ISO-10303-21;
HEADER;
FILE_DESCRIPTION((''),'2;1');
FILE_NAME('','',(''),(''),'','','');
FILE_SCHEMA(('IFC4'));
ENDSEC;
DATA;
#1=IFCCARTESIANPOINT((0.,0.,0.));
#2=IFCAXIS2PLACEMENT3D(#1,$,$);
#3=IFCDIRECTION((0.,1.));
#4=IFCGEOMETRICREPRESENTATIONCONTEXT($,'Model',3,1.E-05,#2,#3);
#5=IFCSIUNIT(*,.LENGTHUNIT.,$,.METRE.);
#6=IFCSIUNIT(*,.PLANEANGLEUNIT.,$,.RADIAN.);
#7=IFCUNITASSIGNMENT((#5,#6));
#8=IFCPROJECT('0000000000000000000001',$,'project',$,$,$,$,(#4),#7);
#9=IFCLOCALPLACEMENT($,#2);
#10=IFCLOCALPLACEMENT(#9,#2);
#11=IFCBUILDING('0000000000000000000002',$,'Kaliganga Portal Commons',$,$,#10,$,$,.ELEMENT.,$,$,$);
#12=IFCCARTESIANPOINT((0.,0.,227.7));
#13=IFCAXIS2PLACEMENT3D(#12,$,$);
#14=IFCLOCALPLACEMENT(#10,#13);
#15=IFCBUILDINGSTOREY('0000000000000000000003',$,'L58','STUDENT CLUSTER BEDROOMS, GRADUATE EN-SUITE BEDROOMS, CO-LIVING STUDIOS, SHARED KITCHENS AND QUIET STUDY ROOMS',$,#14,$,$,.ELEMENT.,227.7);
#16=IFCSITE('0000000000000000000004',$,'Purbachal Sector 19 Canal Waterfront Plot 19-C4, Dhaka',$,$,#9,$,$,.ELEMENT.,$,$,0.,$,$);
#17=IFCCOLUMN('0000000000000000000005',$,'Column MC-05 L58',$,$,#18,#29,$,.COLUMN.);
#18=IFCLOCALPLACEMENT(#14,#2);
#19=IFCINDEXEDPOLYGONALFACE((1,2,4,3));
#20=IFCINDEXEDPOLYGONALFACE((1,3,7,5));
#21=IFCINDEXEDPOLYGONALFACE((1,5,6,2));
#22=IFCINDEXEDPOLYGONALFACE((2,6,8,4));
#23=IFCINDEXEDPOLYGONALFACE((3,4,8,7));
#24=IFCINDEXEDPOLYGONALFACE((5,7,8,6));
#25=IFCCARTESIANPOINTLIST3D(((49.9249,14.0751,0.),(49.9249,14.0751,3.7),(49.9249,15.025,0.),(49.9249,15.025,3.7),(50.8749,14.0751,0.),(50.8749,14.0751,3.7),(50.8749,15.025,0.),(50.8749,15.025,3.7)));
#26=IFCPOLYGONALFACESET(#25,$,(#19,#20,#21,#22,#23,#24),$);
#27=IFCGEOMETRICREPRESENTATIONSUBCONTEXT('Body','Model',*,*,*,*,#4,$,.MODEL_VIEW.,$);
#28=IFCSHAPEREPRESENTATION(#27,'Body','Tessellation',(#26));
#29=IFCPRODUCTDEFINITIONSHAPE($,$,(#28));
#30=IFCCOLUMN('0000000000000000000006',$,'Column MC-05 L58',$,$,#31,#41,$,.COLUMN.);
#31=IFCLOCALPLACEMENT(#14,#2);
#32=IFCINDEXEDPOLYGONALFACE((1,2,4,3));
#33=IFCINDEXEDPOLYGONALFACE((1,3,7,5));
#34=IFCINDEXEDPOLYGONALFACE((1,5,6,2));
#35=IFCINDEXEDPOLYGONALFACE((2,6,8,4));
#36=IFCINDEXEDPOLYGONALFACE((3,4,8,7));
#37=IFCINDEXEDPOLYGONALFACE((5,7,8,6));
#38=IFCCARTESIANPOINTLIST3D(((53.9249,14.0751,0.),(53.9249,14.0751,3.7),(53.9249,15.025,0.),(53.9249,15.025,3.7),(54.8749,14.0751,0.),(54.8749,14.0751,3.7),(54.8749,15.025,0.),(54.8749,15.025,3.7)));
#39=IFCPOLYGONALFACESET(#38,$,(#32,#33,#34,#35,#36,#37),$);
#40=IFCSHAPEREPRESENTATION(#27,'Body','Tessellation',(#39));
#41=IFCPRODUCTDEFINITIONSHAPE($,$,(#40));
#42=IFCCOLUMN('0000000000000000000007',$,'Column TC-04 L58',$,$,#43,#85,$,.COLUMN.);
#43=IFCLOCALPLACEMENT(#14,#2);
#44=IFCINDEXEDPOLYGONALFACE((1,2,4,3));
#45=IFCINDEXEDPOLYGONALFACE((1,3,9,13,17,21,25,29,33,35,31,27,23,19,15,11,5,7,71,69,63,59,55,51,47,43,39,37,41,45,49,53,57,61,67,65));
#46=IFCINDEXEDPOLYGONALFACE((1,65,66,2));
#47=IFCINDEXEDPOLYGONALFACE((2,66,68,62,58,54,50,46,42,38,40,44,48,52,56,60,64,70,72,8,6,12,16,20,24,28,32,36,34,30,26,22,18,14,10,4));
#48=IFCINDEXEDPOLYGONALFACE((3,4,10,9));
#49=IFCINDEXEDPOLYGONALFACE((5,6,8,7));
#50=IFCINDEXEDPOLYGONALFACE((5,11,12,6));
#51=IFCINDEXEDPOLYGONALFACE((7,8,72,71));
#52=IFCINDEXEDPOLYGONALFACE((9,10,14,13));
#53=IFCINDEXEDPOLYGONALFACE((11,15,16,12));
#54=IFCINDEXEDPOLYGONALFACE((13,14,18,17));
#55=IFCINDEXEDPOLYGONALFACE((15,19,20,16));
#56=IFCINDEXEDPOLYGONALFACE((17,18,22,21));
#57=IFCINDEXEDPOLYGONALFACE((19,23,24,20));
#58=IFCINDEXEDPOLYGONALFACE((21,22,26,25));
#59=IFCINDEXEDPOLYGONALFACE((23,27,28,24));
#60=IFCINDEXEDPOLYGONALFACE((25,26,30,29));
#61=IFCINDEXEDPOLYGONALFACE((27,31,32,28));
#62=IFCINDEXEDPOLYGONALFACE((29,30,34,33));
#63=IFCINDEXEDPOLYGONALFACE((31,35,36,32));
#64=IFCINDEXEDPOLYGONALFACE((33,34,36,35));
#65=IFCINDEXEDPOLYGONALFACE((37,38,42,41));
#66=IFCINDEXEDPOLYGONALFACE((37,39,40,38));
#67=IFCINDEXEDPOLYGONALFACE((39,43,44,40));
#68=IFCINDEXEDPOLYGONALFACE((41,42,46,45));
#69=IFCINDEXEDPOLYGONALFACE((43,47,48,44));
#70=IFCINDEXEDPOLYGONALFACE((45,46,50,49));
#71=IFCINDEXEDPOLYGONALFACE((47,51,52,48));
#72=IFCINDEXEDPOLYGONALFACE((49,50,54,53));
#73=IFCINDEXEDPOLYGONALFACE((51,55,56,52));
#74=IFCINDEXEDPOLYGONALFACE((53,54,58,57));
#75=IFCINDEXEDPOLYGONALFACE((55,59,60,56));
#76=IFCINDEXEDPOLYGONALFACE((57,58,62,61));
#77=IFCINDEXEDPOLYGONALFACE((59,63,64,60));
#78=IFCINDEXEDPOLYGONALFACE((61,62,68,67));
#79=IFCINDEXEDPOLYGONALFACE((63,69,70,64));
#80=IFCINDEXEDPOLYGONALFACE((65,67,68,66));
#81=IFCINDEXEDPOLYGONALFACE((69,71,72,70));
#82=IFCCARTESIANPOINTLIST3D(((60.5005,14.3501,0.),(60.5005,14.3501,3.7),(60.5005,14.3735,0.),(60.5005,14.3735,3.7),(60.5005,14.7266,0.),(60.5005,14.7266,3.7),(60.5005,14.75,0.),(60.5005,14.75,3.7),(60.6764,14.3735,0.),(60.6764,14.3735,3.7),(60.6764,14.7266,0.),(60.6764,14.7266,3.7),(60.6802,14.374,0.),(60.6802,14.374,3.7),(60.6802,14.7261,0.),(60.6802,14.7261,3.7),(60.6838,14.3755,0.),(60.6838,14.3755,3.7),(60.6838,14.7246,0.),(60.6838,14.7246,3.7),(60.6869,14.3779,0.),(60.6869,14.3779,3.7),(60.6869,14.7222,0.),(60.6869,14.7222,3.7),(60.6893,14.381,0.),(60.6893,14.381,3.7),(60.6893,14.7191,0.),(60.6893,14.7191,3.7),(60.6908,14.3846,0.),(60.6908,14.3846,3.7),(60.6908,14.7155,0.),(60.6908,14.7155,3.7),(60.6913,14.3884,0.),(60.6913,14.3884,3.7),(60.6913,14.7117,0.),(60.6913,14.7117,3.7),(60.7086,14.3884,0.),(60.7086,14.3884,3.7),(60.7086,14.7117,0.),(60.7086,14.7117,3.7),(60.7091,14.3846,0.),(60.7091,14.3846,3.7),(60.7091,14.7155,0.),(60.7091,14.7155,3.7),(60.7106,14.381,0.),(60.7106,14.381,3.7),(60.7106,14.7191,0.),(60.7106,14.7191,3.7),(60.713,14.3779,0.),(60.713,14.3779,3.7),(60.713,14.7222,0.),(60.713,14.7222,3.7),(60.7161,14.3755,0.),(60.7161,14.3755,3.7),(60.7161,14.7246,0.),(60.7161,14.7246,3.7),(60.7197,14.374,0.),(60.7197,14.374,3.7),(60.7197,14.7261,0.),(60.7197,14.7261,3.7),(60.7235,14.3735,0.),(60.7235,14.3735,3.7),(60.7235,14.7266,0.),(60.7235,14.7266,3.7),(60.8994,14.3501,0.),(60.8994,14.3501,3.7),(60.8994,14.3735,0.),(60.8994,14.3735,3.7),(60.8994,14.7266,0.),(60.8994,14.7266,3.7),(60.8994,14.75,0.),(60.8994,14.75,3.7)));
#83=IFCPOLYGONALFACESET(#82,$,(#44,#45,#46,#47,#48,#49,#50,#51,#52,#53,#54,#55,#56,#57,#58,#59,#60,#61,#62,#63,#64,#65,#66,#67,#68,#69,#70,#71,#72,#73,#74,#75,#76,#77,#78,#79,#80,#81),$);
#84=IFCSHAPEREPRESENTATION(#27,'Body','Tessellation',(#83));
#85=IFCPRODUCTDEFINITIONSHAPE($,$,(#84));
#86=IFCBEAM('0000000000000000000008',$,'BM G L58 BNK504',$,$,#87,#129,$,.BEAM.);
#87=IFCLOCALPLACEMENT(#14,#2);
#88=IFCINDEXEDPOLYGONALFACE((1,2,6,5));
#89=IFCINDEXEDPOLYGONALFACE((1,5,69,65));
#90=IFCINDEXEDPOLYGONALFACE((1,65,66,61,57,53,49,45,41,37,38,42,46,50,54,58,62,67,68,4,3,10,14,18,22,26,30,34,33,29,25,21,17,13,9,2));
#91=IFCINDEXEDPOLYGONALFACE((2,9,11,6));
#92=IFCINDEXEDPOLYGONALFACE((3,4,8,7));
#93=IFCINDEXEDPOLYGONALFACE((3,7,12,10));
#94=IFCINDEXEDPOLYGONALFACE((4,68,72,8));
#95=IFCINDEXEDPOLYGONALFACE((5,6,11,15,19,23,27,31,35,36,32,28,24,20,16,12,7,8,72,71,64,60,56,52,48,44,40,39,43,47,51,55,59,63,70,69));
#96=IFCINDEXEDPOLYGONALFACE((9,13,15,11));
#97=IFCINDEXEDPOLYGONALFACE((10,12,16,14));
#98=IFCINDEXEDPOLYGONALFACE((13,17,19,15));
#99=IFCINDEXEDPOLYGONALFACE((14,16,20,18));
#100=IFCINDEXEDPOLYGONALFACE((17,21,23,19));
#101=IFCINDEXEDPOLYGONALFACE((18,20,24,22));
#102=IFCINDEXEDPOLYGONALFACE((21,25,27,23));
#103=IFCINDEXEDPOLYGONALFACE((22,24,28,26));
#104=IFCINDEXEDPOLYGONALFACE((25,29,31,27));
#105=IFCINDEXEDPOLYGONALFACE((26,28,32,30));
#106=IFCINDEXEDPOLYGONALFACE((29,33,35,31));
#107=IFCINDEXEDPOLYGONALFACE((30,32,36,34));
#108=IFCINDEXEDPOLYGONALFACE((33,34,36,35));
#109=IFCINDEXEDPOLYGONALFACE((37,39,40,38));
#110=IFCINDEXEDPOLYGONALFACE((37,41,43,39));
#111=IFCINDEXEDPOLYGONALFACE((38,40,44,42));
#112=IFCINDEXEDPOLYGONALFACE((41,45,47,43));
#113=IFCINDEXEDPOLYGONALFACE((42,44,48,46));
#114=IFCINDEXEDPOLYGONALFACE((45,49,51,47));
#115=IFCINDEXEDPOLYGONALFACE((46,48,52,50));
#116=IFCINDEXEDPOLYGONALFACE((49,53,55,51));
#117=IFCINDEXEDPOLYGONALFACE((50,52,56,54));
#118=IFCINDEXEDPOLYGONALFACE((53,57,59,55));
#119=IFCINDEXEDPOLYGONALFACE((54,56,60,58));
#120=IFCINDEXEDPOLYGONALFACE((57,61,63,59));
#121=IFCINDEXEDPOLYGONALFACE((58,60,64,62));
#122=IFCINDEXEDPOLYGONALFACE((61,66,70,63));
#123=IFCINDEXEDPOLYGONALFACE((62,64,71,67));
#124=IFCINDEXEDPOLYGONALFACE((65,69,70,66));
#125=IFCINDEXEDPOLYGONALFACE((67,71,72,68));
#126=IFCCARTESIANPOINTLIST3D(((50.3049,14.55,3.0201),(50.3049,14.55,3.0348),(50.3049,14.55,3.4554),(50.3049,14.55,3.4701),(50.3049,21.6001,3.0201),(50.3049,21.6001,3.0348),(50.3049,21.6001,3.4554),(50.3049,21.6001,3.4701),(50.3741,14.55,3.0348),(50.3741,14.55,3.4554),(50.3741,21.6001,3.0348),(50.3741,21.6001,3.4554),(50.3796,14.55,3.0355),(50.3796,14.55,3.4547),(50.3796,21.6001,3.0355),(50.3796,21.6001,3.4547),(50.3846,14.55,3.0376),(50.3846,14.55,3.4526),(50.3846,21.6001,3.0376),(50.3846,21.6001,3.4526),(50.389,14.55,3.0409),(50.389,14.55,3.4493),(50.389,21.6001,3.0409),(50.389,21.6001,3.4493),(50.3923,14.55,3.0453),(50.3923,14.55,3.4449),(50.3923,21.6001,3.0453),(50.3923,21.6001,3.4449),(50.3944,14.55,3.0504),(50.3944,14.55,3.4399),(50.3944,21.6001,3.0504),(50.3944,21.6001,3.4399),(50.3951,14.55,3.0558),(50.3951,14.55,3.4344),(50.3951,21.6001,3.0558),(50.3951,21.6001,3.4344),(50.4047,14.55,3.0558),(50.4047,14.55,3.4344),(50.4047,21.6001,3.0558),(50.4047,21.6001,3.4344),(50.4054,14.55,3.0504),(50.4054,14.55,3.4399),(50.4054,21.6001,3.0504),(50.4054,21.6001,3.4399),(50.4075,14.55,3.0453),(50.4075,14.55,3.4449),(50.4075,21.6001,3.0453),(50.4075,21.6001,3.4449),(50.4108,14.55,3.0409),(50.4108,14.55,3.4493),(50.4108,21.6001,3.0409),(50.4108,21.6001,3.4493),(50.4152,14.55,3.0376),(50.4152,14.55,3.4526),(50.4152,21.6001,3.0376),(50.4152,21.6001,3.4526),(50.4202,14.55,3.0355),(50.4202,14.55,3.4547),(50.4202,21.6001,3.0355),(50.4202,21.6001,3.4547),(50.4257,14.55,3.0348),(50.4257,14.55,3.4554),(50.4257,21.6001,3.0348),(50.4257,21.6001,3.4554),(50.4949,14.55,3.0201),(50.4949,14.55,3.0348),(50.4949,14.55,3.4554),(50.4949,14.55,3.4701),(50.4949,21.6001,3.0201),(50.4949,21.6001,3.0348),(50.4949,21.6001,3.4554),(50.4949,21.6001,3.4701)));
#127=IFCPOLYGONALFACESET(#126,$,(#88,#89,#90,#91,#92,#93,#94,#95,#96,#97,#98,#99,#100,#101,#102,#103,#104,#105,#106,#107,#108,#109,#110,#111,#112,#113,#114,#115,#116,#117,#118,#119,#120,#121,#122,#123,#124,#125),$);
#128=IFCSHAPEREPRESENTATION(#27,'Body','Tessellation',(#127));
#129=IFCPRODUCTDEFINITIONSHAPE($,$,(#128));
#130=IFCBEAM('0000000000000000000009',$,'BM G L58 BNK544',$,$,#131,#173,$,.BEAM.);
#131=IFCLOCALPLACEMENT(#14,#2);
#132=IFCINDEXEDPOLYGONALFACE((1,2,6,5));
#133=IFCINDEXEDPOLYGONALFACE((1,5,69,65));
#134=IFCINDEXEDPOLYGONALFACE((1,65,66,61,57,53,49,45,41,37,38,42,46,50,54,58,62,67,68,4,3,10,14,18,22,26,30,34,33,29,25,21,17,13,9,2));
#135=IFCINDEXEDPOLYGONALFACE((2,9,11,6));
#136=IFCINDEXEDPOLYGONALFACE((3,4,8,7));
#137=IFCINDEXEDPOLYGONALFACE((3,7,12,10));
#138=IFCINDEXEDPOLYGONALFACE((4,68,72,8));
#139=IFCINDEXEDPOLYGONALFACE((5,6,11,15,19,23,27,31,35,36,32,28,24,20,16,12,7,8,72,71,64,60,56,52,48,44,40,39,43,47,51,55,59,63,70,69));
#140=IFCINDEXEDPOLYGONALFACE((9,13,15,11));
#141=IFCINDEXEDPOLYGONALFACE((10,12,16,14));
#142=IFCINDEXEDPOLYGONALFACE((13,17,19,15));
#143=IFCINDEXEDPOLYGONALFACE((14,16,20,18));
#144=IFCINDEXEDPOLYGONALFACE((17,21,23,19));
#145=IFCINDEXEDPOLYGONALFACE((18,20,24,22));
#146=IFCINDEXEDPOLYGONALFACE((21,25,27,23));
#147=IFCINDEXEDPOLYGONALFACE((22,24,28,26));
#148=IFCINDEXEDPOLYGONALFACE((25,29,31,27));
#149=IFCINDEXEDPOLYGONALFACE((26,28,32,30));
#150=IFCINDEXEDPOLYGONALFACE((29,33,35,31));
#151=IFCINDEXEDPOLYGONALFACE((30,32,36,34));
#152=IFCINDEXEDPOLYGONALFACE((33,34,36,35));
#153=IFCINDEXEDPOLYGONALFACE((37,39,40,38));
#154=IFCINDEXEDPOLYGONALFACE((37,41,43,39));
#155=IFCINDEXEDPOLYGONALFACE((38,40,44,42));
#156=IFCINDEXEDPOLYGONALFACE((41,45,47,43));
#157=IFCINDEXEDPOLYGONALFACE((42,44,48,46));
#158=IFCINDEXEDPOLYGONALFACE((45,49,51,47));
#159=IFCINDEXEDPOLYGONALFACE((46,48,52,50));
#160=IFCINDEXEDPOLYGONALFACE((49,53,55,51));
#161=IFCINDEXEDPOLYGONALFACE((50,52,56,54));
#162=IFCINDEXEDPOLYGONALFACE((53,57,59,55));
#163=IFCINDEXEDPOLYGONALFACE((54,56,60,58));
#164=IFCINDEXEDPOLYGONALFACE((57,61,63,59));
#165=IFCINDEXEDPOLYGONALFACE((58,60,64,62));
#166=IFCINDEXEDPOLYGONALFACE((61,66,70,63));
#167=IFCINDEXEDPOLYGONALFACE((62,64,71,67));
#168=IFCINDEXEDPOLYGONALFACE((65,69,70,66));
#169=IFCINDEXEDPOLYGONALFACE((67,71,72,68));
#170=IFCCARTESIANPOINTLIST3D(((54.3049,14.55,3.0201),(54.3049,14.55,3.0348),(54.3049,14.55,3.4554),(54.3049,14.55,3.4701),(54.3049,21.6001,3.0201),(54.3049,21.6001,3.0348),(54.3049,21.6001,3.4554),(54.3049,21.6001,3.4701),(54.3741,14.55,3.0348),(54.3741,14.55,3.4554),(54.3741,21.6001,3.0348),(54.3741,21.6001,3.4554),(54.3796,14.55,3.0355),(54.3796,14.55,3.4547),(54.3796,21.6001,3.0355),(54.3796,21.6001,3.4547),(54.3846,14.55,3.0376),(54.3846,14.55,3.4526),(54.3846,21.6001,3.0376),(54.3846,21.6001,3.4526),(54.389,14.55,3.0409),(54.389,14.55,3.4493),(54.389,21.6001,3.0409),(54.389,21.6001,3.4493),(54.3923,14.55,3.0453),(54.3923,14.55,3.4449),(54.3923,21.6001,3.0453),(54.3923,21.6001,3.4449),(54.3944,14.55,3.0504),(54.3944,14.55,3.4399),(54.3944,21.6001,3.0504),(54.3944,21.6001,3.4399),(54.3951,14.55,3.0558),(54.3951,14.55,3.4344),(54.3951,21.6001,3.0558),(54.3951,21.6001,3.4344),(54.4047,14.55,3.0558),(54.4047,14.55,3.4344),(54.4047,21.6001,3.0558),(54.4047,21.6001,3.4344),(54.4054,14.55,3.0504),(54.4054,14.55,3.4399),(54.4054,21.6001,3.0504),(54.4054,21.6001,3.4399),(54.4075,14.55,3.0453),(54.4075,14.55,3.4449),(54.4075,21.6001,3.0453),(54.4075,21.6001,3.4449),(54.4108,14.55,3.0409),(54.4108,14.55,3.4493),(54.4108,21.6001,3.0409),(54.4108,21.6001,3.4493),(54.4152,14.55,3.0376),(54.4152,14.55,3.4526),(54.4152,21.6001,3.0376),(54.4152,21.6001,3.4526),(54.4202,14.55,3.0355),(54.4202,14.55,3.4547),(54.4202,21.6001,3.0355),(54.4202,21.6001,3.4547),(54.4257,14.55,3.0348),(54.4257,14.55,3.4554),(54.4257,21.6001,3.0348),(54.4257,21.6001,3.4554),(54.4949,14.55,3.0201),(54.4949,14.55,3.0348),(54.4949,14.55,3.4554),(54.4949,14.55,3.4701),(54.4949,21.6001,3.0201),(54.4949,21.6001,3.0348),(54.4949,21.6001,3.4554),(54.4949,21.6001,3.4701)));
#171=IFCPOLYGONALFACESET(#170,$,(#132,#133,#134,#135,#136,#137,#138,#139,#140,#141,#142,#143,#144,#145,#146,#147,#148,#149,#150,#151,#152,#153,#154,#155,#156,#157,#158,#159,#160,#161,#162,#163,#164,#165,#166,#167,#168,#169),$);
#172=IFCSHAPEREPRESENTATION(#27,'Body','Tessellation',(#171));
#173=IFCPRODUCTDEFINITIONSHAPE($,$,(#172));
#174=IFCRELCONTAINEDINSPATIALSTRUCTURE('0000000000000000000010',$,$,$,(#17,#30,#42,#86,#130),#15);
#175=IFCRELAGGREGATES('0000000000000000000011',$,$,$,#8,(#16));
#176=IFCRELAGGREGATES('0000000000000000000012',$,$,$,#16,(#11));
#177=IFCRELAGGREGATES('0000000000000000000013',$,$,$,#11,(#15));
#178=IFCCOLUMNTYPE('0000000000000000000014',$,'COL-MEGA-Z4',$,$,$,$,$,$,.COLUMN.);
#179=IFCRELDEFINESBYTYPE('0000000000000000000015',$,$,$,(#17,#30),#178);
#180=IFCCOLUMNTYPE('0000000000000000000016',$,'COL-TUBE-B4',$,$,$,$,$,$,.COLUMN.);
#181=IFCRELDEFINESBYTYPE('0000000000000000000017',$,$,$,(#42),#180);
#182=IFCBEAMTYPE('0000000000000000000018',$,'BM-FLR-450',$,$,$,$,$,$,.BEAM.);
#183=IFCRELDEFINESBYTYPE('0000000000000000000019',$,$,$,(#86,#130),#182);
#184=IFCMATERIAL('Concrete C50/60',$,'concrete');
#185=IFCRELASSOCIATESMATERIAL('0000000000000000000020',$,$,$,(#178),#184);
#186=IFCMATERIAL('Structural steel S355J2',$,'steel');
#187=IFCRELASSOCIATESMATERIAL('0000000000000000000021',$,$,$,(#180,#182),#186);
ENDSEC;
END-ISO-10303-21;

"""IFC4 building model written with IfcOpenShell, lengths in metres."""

from ifc_helpers import new_model, si_unit, direction, frame, origin, origin_2d, place, context, subcontext, project, spatial, rectangle, i_section, extrude, source, transform, mapped, material, material_profile, profile_set, type_object, element, save


model = new_model("IFC4")

# Units and contexts
model_context = context("Model", 3, precision=1e-05, world=origin(), true_north=direction((0.0, 1.0)))
body_context = subcontext(model_context, "Body", "Model", "MODEL_VIEW")
ifc_project = project(units=[si_unit("LENGTHUNIT", "METRE"), si_unit("PLANEANGLEUNIT", "RADIAN")], contexts=[model_context])

# Site, building, storey
site_placement = place(None, origin())
site = spatial("IfcSite", under=ifc_project, at=site_placement, Name="Purbachal Sector 19 Canal Waterfront Plot 19-C4, Dhaka", CompositionType="ELEMENT", RefElevation=0.0)
building_placement = place(site_placement, origin())
building = spatial("IfcBuilding", under=site, at=building_placement, Name="Kaliganga Portal Commons", CompositionType="ELEMENT")
storey_placement = place(building_placement, frame((0.0, 0.0, 227.7)))
storey = spatial("IfcBuildingStorey", under=building, at=storey_placement, Name="L58", Description="STUDENT CLUSTER BEDROOMS, GRADUATE EN-SUITE BEDROOMS, CO-LIVING STUDIOS, SHARED KITCHENS AND QUIET STUDY ROOMS", CompositionType="ELEMENT", Elevation=227.7)

# Columns
ifc_material_1 = material(Name="Concrete C50/60", Category="concrete")
ifc_material_profile_1 = material_profile(ifc_material_1, rectangle(XDim=0.95, YDim=0.95, at=origin_2d()), Name="RC 950x950")
ifc_profile_set_1 = profile_set([ifc_material_profile_1], Name="Concrete C50/60")
column_type_1 = type_object("IfcColumnType", Name="COL-MEGA-Z4", PredefinedType="COLUMN", material=ifc_profile_set_1)
shared_shape_1 = source(origin(), body_context, "Body", "SweptSolid", [
    extrude(rectangle(XDim=0.95, YDim=0.95, at=origin_2d()), origin(), (0.0, 0.0, 1.0), 3.7),
])
for number, where, z_axis, x_axis, name in (
    (1, (50.3999, 14.55, 0.0), (0.0, 0.0, 1.0), (1.0, 0.0, 0.0), "Column MC-05 L58"),
    (2, (54.3999, 14.55, 0.0), (0.0, 0.0, 1.0), (1.0, 0.0, 0.0), "Column MC-05 L58"),
):
    element("IfcColumn", number, at=place(storey_placement, frame(where, z_axis=z_axis, x_axis=x_axis)), inside=storey, type_object=column_type_1, Name=name, PredefinedType="COLUMN", context=body_context, shape_type="MappedRepresentation", body=[
        mapped(shared_shape_1, transform((0.0, 0.0, 0.0), x_axis=(1.0, 0.0, 0.0), y_axis=(0.0, 1.0, 0.0), z_axis=(0.0, 0.0, 1.0), scale=1.0)),
    ])
ifc_material_2 = material(Name="Structural steel S355J2", Category="steel")
ifc_material_profile_2 = material_profile(ifc_material_2, i_section(OverallWidth=0.3989, OverallDepth=0.3999, WebThickness=0.0173, FlangeThickness=0.0234, FilletRadius=0.0149, at=origin_2d()), Name="HD 400x287")
ifc_profile_set_2 = profile_set([ifc_material_profile_2], Name="Structural steel S355J2 wide-flange")
column_type_2 = type_object("IfcColumnType", Name="COL-TUBE-B4", PredefinedType="COLUMN", material=ifc_profile_set_2)
shared_shape_2 = source(origin(), body_context, "Body", "SweptSolid", [
    extrude(i_section(OverallWidth=0.3989, OverallDepth=0.3999, WebThickness=0.0173, FlangeThickness=0.0234, FilletRadius=0.0149, at=origin_2d()), origin(), (0.0, 0.0, 1.0), 3.7),
])
column_placement = place(storey_placement, frame((60.7, 14.55, 0.0), z_axis=(0.0, 0.0, 1.0), x_axis=(1.0, 0.0, 0.0)))
element("IfcColumn", 3, at=column_placement, inside=storey, type_object=column_type_2, Name="Column TC-04 L58", PredefinedType="COLUMN", context=body_context, shape_type="MappedRepresentation", body=[
    mapped(shared_shape_2, transform((0.0, 0.0, 0.0), x_axis=(1.0, 0.0, 0.0), y_axis=(0.0, 1.0, 0.0), z_axis=(0.0, 0.0, 1.0), scale=1.0)),
])

# Beams
ifc_material_profile_3 = material_profile(ifc_material_2, i_section(OverallWidth=0.1899, OverallDepth=0.45, WebThickness=0.0095, FlangeThickness=0.0146, FilletRadius=0.021, at=origin_2d()), Name="IPE 450")
ifc_profile_set_3 = profile_set([ifc_material_profile_3], Name="Structural steel S355J2 wide-flange")
beam_type_1 = type_object("IfcBeamType", Name="BM-FLR-450", PredefinedType="BEAM", material=ifc_profile_set_3)
shared_shape_3 = source(origin(), body_context, "Body", "SweptSolid", [
    extrude(i_section(OverallWidth=0.1899, OverallDepth=0.45, WebThickness=0.0095, FlangeThickness=0.0146, FilletRadius=0.021, at=origin_2d()), origin(), (0.0, 0.0, 1.0), 7.05),
])
for number, where, z_axis, x_axis, name in (
    (4, (50.3999, 14.55, 3.2451), (0.0, 1.0, 0.0), (-1.0, 0.0, 0.0), "BM G L58 BNK504"),
    (5, (54.3999, 14.55, 3.2451), (0.0, 1.0, 0.0), (-1.0, 0.0, 0.0), "BM G L58 BNK544"),
):
    element("IfcBeam", number, at=place(storey_placement, frame(where, z_axis=z_axis, x_axis=x_axis)), inside=storey, type_object=beam_type_1, Name=name, PredefinedType="BEAM", context=body_context, shape_type="MappedRepresentation", body=[
        mapped(shared_shape_3, transform((0.0, 0.0, 0.0), x_axis=(1.0, 0.0, 0.0), y_axis=(0.0, 1.0, 0.0), z_axis=(0.0, 0.0, 1.0), scale=1.0)),
    ])

save(model, "model.ifc")
